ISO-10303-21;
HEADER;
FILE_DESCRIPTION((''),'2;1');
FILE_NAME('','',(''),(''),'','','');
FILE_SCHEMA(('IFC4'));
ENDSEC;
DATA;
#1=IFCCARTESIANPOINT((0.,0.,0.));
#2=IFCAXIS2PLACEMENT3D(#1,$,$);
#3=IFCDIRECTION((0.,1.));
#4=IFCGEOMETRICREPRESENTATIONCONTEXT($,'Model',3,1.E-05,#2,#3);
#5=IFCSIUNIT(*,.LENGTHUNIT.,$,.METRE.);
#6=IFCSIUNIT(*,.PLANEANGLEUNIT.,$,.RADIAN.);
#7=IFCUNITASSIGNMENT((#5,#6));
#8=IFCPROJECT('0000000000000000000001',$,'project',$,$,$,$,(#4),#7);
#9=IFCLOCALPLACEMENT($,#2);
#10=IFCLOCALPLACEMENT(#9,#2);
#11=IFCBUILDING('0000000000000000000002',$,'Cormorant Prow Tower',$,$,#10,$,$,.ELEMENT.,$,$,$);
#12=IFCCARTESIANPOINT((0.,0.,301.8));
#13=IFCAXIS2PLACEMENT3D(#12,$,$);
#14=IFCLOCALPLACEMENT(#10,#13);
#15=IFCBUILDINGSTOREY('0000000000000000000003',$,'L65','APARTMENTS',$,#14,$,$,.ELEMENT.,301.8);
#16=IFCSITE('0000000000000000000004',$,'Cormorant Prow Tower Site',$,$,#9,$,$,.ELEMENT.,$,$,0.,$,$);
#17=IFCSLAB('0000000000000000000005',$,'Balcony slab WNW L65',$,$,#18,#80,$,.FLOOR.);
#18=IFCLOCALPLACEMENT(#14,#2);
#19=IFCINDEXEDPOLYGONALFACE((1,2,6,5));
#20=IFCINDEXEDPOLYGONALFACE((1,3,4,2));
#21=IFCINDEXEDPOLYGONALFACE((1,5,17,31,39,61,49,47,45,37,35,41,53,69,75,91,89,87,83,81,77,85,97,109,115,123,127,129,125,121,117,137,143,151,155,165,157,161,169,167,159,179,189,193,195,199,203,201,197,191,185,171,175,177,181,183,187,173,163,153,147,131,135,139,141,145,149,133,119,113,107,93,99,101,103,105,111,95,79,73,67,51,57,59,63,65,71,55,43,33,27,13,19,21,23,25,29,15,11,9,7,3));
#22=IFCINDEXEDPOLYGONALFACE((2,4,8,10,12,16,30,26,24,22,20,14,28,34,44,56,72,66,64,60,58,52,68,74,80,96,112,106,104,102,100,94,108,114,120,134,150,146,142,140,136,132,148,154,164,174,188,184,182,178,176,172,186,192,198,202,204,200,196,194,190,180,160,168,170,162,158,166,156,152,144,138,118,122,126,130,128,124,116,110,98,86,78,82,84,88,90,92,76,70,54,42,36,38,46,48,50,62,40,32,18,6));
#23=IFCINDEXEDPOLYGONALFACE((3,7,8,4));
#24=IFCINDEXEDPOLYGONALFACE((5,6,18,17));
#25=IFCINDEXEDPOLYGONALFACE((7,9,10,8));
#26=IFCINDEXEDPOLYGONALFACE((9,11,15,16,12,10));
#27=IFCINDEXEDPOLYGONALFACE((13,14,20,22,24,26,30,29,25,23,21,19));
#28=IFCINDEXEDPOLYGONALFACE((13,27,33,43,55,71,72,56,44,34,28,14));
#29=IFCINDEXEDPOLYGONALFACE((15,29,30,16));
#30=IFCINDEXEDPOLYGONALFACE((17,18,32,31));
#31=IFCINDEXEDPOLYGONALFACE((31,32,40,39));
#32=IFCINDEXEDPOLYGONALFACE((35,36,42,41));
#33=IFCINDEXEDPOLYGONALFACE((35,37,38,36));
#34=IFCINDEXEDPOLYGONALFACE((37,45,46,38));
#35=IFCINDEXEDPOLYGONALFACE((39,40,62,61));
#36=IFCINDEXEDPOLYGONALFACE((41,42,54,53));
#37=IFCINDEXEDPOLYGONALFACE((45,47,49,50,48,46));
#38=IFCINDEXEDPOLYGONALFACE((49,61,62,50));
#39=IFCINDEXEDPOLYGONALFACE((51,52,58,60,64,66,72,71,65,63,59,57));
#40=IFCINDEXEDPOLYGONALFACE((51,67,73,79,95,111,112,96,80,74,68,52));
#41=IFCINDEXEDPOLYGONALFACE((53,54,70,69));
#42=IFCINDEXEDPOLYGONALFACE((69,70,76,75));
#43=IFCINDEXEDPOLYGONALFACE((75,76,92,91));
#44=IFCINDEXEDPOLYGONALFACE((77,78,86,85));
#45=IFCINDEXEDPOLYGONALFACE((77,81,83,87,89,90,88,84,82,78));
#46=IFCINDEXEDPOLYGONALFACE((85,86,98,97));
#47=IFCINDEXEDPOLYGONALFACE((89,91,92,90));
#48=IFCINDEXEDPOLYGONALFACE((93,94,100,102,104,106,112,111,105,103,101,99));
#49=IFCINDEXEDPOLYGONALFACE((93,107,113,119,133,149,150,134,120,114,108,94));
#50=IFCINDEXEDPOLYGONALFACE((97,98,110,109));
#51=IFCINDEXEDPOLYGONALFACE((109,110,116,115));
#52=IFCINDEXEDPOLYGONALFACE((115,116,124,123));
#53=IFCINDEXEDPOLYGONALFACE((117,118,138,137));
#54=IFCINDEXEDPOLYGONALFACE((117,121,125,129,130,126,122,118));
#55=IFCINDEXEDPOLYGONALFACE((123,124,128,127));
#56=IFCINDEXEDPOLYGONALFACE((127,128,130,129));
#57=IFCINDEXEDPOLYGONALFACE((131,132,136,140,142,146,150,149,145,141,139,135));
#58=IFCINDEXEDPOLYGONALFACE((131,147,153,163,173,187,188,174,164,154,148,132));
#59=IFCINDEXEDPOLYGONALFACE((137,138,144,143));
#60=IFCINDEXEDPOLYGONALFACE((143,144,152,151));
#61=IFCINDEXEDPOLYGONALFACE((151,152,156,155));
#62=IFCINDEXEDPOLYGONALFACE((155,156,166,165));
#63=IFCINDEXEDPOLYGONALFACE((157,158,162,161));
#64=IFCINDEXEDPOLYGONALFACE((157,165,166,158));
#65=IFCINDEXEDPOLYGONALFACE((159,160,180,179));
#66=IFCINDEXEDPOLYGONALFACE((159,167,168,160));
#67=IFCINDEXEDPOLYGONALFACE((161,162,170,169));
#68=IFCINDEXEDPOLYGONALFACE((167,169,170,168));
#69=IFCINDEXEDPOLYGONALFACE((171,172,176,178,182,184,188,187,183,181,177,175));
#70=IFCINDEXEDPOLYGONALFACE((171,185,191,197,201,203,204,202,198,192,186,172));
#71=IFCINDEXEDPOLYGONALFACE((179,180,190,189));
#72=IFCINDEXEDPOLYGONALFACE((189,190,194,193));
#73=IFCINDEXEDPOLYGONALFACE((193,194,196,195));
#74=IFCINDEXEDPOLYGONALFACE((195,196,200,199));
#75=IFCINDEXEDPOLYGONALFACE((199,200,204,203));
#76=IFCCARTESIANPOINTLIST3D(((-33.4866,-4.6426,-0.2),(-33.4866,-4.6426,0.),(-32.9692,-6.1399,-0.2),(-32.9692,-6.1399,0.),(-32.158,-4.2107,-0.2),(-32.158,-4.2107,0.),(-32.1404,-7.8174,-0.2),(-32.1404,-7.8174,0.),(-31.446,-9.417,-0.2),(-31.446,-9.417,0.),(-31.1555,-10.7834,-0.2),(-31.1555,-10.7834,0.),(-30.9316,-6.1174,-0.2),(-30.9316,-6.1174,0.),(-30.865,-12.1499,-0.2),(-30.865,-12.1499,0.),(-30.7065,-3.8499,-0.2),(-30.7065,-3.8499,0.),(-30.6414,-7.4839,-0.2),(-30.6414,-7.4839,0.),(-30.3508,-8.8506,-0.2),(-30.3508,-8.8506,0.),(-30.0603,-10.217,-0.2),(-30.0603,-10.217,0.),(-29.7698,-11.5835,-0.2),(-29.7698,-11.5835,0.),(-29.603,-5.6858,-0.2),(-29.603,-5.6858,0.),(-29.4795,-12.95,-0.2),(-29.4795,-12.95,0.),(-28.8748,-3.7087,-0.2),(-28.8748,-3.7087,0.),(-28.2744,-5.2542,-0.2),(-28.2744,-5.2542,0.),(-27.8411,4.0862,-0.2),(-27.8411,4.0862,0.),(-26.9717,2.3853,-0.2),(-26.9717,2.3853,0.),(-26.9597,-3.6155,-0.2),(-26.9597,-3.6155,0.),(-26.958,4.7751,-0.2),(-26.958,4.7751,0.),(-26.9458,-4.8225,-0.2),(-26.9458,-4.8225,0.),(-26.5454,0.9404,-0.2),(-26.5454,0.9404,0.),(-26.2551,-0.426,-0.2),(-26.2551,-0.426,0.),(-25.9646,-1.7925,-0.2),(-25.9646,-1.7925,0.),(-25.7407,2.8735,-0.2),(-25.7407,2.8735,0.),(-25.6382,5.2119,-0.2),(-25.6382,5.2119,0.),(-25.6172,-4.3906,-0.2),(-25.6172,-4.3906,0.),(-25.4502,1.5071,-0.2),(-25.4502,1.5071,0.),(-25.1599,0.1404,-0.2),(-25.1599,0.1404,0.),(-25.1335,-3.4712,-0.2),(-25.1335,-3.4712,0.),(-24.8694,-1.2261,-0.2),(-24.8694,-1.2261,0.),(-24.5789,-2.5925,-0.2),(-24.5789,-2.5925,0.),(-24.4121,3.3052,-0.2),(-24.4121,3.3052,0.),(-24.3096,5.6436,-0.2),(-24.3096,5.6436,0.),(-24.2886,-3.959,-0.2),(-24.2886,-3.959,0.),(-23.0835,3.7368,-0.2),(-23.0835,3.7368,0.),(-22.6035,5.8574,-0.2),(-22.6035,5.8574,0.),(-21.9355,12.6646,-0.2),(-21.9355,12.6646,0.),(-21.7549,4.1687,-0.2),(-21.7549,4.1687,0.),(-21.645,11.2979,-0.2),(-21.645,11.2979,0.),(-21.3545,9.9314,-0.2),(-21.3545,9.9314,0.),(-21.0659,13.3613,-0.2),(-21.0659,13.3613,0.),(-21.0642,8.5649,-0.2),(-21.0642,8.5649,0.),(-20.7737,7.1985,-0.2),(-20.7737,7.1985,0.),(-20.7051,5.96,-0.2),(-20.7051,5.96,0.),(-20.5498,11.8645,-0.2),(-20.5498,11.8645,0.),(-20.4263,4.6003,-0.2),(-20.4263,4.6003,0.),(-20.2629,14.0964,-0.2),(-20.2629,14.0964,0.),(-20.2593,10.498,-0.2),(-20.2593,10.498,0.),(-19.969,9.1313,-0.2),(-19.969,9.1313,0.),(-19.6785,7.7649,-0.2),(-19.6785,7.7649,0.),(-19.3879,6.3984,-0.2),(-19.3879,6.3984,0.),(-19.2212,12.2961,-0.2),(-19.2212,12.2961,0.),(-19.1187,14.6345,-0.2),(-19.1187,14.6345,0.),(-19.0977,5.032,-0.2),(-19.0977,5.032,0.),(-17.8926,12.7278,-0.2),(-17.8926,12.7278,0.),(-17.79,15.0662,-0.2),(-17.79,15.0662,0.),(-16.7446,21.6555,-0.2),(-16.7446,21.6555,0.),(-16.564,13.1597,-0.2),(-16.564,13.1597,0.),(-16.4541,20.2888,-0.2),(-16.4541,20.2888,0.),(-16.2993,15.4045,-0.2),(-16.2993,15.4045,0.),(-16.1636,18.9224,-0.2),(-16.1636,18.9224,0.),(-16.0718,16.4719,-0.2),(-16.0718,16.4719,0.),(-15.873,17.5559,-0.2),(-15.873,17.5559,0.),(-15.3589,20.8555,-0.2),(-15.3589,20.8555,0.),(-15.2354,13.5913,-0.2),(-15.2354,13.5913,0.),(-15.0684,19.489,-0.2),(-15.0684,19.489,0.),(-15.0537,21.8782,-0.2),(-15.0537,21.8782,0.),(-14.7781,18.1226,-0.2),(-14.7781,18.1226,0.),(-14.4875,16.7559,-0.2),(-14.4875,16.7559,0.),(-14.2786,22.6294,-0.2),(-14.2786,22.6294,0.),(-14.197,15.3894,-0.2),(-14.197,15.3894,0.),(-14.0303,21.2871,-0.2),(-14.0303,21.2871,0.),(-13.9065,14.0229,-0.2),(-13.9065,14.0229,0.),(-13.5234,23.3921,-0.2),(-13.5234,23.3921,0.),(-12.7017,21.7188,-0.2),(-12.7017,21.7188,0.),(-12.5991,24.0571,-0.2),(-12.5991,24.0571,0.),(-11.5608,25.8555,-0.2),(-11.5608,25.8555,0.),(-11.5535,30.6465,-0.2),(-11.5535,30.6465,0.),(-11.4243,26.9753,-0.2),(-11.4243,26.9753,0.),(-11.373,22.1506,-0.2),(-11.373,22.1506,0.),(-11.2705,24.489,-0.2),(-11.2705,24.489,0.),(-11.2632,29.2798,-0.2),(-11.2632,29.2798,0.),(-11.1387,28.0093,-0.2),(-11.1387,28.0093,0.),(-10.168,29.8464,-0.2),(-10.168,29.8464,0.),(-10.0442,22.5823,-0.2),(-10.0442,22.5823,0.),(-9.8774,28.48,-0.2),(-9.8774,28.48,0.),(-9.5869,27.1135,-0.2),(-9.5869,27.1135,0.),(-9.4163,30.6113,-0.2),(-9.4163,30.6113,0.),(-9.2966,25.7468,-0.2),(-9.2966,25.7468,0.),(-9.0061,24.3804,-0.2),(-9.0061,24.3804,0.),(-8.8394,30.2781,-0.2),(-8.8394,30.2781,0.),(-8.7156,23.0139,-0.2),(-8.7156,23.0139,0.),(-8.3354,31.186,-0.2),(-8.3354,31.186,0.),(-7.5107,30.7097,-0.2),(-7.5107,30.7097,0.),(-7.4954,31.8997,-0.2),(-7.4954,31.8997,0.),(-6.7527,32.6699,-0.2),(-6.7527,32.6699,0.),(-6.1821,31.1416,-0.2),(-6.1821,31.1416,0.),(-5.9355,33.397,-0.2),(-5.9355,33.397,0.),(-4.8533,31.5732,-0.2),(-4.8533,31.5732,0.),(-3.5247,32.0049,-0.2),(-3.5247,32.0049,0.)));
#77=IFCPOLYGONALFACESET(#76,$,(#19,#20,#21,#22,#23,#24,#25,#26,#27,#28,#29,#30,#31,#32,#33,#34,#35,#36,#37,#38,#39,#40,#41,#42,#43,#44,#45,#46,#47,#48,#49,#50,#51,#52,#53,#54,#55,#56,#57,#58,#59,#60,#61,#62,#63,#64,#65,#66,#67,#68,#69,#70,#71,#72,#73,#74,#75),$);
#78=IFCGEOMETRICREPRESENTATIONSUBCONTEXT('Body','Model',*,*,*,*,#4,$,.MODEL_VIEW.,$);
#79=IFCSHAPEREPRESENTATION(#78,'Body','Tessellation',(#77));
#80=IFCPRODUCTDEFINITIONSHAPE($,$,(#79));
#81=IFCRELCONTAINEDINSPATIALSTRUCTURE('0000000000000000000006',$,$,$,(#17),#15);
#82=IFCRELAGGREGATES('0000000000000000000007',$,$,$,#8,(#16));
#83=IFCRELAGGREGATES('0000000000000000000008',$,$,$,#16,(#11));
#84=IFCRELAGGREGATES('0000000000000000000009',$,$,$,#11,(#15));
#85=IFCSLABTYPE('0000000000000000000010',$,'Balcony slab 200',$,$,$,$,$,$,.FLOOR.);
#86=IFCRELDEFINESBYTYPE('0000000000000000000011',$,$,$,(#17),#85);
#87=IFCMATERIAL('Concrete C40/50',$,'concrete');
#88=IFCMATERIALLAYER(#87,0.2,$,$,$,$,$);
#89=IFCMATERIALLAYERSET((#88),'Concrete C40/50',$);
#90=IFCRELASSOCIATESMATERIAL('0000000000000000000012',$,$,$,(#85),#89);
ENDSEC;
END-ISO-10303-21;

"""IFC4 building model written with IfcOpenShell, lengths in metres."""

from ifc_helpers import new_model, si_unit, direction, frame, origin, place, context, subcontext, project, spatial, polyline, outline, extrude, material, layer, layer_set, type_object, element, save


model = new_model("IFC4")

# Units and contexts
model_context = context("Model", 3, precision=1e-05, world=origin(), true_north=direction((0.0, 1.0)))
body_context = subcontext(model_context, "Body", "Model", "MODEL_VIEW")
ifc_project = project(units=[si_unit("LENGTHUNIT", "METRE"), si_unit("PLANEANGLEUNIT", "RADIAN")], contexts=[model_context])

# Site, building, storey
site_placement = place(None, origin())
site = spatial("IfcSite", under=ifc_project, at=site_placement, Name="Cormorant Prow Tower Site", CompositionType="ELEMENT", RefElevation=0.0)
building_placement = place(site_placement, origin())
building = spatial("IfcBuilding", under=site, at=building_placement, Name="Cormorant Prow Tower", CompositionType="ELEMENT")
storey_placement = place(building_placement, frame((0.0, 0.0, 301.8)))
storey = spatial("IfcBuildingStorey", under=building, at=storey_placement, Name="L65", Description="APARTMENTS", CompositionType="ELEMENT", Elevation=301.8)

# Slab
ifc_material_1 = material(Name="Concrete C40/50", Category="concrete")
ifc_layer_1 = layer(ifc_material_1, 0.2)
ifc_layer_set_1 = layer_set([ifc_layer_1], Name="Concrete C40/50")
slab_type_1 = type_object("IfcSlabType", Name="Balcony slab 200", PredefinedType="FLOOR", material=ifc_layer_set_1)
slab_1_placement = place(storey_placement, frame((0.0, 0.0, -0.2)))
element("IfcSlab", 1, at=slab_1_placement, inside=storey, type_object=slab_type_1, Name="Balcony slab WNW L65", PredefinedType="FLOOR", context=body_context, shape_type="SweptSolid", body=[
    extrude(outline(polyline([(-3.5247, 32.0049), (-5.9355, 33.397), (-6.7527, 32.6699), (-7.4954, 31.8997), (-8.3354, 31.186), (-9.4163, 30.6113), (-11.5535, 30.6465), (-11.2632, 29.2798), (-11.1387, 28.0093), (-11.4243, 26.9753), (-11.5608, 25.8555), (-11.2705, 24.489), (-12.5991, 24.0571), (-13.5234, 23.3921), (-14.2786, 22.6294), (-15.0537, 21.8782), (-16.7446, 21.6555), (-16.4541, 20.2888), (-16.1636, 18.9224), (-15.873, 17.5559), (-16.0718, 16.4719), (-16.2993, 15.4045), (-17.79, 15.0662), (-19.1187, 14.6345), (-20.2629, 14.0964), (-21.0659, 13.3613), (-21.9355, 12.6646), (-21.645, 11.2979), (-21.3545, 9.9314), (-21.0642, 8.5649), (-20.7737, 7.1985), (-20.7051, 5.96), (-22.6035, 5.8574), (-24.3096, 5.6436), (-25.6382, 5.2119), (-26.958, 4.7751), (-27.8411, 4.0862), (-26.9717, 2.3853), (-26.5454, 0.9404), (-26.2551, -0.426), (-25.9646, -1.7925), (-25.1335, -3.4712), (-26.9597, -3.6155), (-28.8748, -3.7087), (-30.7065, -3.8499), (-32.158, -4.2107), (-33.4866, -4.6426), (-32.9692, -6.1399), (-32.1404, -7.8174), (-31.446, -9.417), (-31.1555, -10.7834), (-30.865, -12.1499), (-29.4795, -12.95), (-29.7698, -11.5835), (-30.0603, -10.217), (-30.3508, -8.8506), (-30.6414, -7.4839), (-30.9316, -6.1174), (-29.603, -5.6858), (-28.2744, -5.2542), (-26.9458, -4.8225), (-25.6172, -4.3906), (-24.2886, -3.959), (-24.5789, -2.5925), (-24.8694, -1.2261), (-25.1599, 0.1404), (-25.4502, 1.5071), (-25.7407, 2.8735), (-24.4121, 3.3052), (-23.0835, 3.7368), (-21.7549, 4.1687), (-20.4263, 4.6003), (-19.0977, 5.032), (-19.3879, 6.3984), (-19.6785, 7.7649), (-19.969, 9.1313), (-20.2593, 10.498), (-20.5498, 11.8645), (-19.2212, 12.2961), (-17.8926, 12.7278), (-16.564, 13.1597), (-15.2354, 13.5913), (-13.9065, 14.0229), (-14.197, 15.3894), (-14.4875, 16.7559), (-14.7781, 18.1226), (-15.0684, 19.489), (-15.3589, 20.8555), (-14.0303, 21.2871), (-12.7017, 21.7188), (-11.373, 22.1506), (-10.0442, 22.5823), (-8.7156, 23.0139), (-9.0061, 24.3804), (-9.2966, 25.7468), (-9.5869, 27.1135), (-9.8774, 28.48), (-10.168, 29.8464), (-8.8394, 30.2781), (-7.5107, 30.7097), (-6.1821, 31.1416), (-4.8533, 31.5732), (-3.5247, 32.0049)])), origin(), (0.0, 0.0, 1.0), 0.2),
])

save(model, "model.ifc")
